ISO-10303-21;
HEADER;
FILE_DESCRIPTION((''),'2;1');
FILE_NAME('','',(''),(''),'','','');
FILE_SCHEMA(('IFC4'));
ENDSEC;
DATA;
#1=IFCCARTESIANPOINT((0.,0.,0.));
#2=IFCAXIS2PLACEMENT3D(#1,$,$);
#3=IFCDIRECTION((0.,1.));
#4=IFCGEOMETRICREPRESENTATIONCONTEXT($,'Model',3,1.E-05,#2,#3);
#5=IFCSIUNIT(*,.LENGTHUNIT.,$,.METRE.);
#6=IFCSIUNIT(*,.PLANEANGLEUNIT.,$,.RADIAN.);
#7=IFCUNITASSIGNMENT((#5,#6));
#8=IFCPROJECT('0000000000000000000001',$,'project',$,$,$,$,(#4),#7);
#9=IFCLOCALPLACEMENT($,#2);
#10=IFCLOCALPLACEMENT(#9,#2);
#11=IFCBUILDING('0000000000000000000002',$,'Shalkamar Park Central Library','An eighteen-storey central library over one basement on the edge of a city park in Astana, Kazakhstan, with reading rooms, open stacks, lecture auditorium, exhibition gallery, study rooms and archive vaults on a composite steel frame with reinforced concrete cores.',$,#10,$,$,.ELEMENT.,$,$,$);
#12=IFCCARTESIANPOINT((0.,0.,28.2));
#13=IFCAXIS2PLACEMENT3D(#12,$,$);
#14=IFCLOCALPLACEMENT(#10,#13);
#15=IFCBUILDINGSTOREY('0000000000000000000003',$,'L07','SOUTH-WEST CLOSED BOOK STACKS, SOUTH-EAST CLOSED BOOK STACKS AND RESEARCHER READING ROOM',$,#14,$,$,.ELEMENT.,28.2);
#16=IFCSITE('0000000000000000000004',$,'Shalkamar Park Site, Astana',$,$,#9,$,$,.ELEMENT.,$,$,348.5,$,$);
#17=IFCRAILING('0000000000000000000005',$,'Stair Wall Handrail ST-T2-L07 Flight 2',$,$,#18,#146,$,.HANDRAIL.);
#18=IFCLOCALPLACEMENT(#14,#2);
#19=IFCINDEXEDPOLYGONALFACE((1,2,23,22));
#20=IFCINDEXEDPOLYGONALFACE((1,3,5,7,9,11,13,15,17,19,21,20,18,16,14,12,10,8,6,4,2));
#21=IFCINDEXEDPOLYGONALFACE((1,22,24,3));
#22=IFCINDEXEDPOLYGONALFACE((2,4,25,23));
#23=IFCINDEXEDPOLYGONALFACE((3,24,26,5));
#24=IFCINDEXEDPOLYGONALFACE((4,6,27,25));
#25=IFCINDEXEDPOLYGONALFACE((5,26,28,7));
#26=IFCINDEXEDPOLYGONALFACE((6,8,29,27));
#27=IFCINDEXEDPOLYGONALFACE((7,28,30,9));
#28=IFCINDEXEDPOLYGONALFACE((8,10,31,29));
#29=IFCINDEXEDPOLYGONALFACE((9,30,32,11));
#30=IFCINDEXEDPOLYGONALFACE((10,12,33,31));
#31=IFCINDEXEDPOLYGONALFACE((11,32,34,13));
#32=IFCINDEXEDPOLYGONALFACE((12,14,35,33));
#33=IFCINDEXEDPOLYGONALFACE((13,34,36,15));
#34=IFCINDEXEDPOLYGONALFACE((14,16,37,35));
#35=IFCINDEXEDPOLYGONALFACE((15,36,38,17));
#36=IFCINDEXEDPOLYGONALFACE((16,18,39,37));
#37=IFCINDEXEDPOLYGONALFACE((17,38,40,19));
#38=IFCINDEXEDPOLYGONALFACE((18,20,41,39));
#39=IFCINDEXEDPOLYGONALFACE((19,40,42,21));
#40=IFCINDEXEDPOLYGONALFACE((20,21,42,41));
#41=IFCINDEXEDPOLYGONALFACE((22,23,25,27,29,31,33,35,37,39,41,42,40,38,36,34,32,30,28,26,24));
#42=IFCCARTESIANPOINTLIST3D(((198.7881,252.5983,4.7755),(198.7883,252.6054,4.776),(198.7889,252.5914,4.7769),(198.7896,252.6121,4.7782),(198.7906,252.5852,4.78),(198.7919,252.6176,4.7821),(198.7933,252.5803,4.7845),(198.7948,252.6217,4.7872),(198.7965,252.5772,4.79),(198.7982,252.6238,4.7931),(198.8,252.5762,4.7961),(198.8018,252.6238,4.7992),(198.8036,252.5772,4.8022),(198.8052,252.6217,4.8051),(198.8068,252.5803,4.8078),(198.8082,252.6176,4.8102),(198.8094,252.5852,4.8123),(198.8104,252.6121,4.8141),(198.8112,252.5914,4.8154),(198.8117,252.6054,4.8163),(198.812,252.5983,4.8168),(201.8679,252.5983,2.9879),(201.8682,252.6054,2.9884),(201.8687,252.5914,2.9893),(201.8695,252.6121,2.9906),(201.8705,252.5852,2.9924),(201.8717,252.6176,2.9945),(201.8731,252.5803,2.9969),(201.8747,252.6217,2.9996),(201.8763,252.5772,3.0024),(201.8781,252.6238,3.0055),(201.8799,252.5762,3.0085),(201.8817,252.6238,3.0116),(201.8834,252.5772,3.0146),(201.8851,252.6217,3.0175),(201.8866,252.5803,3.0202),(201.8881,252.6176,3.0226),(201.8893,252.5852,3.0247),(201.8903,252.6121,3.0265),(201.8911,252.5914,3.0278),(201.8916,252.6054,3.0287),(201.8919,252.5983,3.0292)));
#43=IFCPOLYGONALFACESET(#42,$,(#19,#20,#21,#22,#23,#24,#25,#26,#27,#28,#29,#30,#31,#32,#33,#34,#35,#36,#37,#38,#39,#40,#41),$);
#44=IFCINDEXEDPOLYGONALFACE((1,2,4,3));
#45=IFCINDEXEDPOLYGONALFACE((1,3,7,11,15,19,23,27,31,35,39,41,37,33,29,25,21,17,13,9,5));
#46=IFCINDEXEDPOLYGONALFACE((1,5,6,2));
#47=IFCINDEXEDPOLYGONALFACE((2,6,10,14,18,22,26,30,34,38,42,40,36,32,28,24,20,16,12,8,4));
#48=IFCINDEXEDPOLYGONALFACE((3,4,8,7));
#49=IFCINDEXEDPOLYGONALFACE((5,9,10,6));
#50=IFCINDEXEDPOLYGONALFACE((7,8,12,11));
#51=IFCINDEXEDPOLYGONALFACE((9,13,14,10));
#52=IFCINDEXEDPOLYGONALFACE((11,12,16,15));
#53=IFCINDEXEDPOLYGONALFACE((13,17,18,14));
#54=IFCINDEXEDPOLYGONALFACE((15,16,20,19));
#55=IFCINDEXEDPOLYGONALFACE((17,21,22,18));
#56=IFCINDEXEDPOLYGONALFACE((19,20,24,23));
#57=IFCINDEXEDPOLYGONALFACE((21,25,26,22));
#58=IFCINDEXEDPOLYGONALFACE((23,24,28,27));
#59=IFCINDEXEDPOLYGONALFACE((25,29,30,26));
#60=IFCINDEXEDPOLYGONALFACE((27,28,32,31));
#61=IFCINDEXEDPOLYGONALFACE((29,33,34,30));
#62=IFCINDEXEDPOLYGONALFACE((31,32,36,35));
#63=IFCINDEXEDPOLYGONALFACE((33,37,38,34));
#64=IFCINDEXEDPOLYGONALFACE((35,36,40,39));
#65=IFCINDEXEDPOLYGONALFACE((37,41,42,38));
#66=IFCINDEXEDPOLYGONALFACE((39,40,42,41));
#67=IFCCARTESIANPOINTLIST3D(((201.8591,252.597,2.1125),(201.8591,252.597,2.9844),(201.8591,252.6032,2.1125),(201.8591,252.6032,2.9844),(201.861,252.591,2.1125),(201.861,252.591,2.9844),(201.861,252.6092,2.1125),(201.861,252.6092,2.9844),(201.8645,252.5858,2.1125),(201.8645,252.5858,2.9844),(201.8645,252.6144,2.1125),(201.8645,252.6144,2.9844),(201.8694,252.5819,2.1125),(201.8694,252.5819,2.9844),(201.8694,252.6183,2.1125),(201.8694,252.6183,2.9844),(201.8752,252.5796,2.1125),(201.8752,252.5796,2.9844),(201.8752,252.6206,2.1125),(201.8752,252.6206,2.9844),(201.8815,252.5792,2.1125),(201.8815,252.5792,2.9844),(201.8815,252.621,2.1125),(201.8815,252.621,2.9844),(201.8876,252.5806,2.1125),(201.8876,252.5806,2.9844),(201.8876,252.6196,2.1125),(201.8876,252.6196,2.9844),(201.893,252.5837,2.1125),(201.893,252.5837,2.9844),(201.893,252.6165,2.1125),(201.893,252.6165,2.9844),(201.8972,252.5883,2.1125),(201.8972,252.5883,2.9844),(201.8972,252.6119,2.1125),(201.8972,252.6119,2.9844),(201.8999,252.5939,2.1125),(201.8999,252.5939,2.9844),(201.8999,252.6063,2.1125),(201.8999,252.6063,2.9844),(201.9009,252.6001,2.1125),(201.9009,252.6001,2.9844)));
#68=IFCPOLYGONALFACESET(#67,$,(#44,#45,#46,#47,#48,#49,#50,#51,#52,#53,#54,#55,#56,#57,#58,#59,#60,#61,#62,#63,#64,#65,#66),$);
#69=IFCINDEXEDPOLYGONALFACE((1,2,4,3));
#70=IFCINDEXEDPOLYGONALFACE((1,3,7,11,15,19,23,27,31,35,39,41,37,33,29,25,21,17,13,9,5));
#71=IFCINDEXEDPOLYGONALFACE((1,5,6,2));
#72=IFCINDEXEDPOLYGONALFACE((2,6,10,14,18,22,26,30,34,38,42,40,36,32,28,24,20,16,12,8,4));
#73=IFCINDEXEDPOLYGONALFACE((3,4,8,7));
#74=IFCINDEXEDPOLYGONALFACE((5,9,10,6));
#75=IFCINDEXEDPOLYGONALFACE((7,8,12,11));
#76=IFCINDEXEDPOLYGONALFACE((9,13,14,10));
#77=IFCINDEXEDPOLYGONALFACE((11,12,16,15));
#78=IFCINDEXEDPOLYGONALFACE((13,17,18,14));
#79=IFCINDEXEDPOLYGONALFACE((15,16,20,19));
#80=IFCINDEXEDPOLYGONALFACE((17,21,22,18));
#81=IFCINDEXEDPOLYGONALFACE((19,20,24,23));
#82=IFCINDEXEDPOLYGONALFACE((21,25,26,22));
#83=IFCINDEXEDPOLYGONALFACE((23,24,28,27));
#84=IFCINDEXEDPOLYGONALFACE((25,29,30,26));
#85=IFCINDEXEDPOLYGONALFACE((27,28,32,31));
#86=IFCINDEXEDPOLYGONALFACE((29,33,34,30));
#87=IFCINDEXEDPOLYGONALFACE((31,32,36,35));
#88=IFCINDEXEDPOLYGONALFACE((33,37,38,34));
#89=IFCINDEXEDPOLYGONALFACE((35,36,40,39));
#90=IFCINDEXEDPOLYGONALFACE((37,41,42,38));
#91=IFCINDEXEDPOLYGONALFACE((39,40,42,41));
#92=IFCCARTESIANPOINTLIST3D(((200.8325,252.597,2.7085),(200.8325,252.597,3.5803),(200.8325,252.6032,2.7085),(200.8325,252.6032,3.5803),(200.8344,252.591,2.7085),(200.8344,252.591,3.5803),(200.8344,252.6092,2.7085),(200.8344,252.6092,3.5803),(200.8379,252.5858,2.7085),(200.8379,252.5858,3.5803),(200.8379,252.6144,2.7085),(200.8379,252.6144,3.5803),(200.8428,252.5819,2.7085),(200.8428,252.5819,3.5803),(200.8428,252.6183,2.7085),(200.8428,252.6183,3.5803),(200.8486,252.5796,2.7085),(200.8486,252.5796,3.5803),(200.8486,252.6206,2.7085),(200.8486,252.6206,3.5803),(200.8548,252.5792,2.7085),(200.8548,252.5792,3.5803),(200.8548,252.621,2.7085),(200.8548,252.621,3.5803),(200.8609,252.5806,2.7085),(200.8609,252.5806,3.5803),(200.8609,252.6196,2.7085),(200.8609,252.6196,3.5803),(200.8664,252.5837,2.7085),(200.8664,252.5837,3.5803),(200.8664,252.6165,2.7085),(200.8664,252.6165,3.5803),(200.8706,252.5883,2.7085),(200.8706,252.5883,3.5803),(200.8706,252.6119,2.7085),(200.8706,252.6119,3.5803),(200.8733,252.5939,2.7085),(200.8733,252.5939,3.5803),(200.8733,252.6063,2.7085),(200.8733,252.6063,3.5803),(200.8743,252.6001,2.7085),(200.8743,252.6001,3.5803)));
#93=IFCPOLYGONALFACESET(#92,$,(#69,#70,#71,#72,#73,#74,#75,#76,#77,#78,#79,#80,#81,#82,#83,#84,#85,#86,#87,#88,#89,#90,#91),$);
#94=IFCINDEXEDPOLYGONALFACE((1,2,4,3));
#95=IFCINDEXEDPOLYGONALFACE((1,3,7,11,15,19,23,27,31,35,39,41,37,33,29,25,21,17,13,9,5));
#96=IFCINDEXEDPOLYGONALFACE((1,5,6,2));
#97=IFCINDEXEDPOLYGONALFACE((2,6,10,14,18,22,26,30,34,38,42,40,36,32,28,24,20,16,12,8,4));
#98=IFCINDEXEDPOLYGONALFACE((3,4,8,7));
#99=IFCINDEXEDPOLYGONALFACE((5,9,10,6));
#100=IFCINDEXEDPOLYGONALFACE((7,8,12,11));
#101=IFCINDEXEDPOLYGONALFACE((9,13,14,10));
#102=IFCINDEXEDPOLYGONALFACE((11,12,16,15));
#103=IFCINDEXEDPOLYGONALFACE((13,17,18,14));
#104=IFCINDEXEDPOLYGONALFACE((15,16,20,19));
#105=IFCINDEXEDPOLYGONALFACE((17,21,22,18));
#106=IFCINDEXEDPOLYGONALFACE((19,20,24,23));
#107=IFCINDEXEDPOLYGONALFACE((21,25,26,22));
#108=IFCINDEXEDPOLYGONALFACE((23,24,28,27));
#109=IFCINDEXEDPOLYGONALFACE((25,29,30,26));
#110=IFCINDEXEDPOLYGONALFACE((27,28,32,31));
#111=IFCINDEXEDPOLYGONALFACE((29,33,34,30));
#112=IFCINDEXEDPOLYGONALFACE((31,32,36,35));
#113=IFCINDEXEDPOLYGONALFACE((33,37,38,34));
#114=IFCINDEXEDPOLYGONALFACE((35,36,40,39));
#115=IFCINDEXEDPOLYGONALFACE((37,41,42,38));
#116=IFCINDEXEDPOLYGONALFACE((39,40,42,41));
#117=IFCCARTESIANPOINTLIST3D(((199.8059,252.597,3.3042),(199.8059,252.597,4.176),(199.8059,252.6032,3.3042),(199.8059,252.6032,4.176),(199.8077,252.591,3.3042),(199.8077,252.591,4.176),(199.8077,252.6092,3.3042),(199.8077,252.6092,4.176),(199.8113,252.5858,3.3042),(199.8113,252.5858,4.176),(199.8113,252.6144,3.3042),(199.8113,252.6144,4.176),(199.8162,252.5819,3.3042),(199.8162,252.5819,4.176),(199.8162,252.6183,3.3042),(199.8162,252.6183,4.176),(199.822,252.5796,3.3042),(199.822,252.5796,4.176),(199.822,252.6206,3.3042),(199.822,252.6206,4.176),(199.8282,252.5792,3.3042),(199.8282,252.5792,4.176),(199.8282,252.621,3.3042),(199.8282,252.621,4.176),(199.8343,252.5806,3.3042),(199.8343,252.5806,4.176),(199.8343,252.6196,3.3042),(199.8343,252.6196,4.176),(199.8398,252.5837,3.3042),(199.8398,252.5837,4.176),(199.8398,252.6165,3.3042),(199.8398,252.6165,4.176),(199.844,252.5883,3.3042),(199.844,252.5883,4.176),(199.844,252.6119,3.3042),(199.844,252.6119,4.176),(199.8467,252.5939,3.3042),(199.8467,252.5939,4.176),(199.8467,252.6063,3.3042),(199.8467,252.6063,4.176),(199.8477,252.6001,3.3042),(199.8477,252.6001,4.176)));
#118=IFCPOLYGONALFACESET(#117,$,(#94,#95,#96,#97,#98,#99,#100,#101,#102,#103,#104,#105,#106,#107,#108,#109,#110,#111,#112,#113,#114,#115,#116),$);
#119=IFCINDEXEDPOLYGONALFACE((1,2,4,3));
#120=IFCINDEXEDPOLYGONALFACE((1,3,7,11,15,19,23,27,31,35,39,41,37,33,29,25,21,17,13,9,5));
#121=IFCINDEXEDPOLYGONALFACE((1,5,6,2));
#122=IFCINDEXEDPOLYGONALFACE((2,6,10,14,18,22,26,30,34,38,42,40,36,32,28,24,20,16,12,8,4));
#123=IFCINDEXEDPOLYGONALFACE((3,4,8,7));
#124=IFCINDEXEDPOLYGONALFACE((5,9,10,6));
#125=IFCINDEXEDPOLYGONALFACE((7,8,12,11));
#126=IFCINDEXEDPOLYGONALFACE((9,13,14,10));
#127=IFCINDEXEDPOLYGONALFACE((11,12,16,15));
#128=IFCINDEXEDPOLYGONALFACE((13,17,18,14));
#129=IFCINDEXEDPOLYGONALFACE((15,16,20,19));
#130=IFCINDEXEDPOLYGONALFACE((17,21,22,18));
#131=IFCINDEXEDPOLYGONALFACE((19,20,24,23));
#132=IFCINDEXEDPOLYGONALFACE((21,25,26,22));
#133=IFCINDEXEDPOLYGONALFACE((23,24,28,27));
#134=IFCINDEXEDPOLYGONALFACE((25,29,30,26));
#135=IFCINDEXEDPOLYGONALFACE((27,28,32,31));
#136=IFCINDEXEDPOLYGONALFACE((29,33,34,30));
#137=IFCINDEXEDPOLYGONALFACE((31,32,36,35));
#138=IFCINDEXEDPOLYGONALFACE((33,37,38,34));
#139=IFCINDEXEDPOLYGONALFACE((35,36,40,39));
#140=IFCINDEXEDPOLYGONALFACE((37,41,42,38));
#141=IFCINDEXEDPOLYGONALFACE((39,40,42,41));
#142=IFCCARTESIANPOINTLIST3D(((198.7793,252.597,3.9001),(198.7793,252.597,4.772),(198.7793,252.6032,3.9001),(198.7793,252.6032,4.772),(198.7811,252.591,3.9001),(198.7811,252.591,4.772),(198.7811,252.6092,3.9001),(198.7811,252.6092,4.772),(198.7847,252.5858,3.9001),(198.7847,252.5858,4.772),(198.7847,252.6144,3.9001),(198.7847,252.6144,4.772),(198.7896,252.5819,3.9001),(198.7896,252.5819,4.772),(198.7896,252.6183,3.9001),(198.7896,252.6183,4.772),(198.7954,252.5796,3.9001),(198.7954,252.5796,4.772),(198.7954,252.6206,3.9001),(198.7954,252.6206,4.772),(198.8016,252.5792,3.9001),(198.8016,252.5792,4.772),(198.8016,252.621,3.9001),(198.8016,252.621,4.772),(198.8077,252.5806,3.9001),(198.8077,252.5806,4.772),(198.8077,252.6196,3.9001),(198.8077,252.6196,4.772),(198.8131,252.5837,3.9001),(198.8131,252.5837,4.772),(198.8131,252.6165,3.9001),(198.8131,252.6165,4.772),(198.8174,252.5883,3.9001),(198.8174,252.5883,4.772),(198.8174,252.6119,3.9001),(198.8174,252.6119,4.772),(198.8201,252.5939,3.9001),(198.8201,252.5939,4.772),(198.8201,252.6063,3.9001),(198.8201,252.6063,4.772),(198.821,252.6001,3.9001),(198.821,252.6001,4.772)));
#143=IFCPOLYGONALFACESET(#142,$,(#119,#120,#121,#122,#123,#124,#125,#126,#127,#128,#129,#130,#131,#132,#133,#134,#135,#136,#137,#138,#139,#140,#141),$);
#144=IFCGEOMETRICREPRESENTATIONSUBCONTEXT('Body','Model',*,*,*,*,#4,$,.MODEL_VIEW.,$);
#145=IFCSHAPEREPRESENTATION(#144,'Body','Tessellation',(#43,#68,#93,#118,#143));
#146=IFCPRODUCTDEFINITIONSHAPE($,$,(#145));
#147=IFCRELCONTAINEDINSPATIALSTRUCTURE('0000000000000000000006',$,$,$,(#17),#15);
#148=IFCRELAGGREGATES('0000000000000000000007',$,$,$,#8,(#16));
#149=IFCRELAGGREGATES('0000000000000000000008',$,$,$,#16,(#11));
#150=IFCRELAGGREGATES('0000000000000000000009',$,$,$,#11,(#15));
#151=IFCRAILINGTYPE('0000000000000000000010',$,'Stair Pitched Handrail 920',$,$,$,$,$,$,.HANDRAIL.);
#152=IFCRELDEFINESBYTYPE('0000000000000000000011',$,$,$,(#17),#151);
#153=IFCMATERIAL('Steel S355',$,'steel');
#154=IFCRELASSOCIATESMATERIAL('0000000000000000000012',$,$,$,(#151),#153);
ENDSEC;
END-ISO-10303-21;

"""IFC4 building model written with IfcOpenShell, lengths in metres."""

from ifc_helpers import new_model, si_unit, direction, frame, origin, origin_2d, place, context, subcontext, project, spatial, circle, extrude, material, type_object, element, save


model = new_model("IFC4")

# Units and contexts
model_context = context("Model", 3, precision=1e-05, world=origin(), true_north=direction((0.0, 1.0)))
body_context = subcontext(model_context, "Body", "Model", "MODEL_VIEW")
ifc_project = project(units=[si_unit("LENGTHUNIT", "METRE"), si_unit("PLANEANGLEUNIT", "RADIAN")], contexts=[model_context])

# Site, building, storey
site_placement = place(None, origin())
site = spatial("IfcSite", under=ifc_project, at=site_placement, Name="Shalkamar Park Site, Astana", CompositionType="ELEMENT", RefElevation=348.5)
building_placement = place(site_placement, origin())
building = spatial("IfcBuilding", under=site, at=building_placement, Name="Shalkamar Park Central Library", Description="An eighteen-storey central library over one basement on the edge of a city park in Astana, Kazakhstan, with reading rooms, open stacks, lecture auditorium, exhibition gallery, study rooms and archive vaults on a composite steel frame with reinforced concrete cores.", CompositionType="ELEMENT")
storey_placement = place(building_placement, frame((0.0, 0.0, 28.2)))
storey = spatial("IfcBuildingStorey", under=building, at=storey_placement, Name="L07", Description="SOUTH-WEST CLOSED BOOK STACKS, SOUTH-EAST CLOSED BOOK STACKS AND RESEARCHER READING ROOM", CompositionType="ELEMENT", Elevation=28.2)

# Shared definitions
ifc_material_1 = material(Name="Steel S355", Category="steel")

# Railing
railing_type_1 = type_object("IfcRailingType", Name="Stair Pitched Handrail 920", PredefinedType="HANDRAIL", material=ifc_material_1)
railing_1_placement = place(storey_placement, frame((201.8799, 252.6001, 2.1125)))
element("IfcRailing", 1, at=railing_1_placement, inside=storey, type_object=railing_type_1, Name="Stair Wall Handrail ST-T2-L07 Flight 2", PredefinedType="HANDRAIL", context=body_context, shape_type="SweptSolid", body=[
    extrude(circle(Radius=0.0239, at=origin_2d()), frame((0.0, 0.0, 0.896), z_axis=(-0.864873, 0.0, 0.50199), x_axis=(0.0, -1.0, 0.0)), (0.0, 0.0, 1.0), 3.561),
    extrude(circle(Radius=0.021, at=origin_2d()), origin(), (0.0, 0.0, 1.0), 0.8718),
    extrude(circle(Radius=0.021, at=origin_2d()), frame((-1.0266, 0.0, 0.5959)), (0.0, 0.0, 1.0), 0.8718),
    extrude(circle(Radius=0.021, at=origin_2d()), frame((-2.0532, 0.0, 1.1917)), (0.0, 0.0, 1.0), 0.8718),
    extrude(circle(Radius=0.021, at=origin_2d()), frame((-3.0798, 0.0, 1.7876)), (0.0, 0.0, 1.0), 0.8718),
])

save(model, "model.ifc")
